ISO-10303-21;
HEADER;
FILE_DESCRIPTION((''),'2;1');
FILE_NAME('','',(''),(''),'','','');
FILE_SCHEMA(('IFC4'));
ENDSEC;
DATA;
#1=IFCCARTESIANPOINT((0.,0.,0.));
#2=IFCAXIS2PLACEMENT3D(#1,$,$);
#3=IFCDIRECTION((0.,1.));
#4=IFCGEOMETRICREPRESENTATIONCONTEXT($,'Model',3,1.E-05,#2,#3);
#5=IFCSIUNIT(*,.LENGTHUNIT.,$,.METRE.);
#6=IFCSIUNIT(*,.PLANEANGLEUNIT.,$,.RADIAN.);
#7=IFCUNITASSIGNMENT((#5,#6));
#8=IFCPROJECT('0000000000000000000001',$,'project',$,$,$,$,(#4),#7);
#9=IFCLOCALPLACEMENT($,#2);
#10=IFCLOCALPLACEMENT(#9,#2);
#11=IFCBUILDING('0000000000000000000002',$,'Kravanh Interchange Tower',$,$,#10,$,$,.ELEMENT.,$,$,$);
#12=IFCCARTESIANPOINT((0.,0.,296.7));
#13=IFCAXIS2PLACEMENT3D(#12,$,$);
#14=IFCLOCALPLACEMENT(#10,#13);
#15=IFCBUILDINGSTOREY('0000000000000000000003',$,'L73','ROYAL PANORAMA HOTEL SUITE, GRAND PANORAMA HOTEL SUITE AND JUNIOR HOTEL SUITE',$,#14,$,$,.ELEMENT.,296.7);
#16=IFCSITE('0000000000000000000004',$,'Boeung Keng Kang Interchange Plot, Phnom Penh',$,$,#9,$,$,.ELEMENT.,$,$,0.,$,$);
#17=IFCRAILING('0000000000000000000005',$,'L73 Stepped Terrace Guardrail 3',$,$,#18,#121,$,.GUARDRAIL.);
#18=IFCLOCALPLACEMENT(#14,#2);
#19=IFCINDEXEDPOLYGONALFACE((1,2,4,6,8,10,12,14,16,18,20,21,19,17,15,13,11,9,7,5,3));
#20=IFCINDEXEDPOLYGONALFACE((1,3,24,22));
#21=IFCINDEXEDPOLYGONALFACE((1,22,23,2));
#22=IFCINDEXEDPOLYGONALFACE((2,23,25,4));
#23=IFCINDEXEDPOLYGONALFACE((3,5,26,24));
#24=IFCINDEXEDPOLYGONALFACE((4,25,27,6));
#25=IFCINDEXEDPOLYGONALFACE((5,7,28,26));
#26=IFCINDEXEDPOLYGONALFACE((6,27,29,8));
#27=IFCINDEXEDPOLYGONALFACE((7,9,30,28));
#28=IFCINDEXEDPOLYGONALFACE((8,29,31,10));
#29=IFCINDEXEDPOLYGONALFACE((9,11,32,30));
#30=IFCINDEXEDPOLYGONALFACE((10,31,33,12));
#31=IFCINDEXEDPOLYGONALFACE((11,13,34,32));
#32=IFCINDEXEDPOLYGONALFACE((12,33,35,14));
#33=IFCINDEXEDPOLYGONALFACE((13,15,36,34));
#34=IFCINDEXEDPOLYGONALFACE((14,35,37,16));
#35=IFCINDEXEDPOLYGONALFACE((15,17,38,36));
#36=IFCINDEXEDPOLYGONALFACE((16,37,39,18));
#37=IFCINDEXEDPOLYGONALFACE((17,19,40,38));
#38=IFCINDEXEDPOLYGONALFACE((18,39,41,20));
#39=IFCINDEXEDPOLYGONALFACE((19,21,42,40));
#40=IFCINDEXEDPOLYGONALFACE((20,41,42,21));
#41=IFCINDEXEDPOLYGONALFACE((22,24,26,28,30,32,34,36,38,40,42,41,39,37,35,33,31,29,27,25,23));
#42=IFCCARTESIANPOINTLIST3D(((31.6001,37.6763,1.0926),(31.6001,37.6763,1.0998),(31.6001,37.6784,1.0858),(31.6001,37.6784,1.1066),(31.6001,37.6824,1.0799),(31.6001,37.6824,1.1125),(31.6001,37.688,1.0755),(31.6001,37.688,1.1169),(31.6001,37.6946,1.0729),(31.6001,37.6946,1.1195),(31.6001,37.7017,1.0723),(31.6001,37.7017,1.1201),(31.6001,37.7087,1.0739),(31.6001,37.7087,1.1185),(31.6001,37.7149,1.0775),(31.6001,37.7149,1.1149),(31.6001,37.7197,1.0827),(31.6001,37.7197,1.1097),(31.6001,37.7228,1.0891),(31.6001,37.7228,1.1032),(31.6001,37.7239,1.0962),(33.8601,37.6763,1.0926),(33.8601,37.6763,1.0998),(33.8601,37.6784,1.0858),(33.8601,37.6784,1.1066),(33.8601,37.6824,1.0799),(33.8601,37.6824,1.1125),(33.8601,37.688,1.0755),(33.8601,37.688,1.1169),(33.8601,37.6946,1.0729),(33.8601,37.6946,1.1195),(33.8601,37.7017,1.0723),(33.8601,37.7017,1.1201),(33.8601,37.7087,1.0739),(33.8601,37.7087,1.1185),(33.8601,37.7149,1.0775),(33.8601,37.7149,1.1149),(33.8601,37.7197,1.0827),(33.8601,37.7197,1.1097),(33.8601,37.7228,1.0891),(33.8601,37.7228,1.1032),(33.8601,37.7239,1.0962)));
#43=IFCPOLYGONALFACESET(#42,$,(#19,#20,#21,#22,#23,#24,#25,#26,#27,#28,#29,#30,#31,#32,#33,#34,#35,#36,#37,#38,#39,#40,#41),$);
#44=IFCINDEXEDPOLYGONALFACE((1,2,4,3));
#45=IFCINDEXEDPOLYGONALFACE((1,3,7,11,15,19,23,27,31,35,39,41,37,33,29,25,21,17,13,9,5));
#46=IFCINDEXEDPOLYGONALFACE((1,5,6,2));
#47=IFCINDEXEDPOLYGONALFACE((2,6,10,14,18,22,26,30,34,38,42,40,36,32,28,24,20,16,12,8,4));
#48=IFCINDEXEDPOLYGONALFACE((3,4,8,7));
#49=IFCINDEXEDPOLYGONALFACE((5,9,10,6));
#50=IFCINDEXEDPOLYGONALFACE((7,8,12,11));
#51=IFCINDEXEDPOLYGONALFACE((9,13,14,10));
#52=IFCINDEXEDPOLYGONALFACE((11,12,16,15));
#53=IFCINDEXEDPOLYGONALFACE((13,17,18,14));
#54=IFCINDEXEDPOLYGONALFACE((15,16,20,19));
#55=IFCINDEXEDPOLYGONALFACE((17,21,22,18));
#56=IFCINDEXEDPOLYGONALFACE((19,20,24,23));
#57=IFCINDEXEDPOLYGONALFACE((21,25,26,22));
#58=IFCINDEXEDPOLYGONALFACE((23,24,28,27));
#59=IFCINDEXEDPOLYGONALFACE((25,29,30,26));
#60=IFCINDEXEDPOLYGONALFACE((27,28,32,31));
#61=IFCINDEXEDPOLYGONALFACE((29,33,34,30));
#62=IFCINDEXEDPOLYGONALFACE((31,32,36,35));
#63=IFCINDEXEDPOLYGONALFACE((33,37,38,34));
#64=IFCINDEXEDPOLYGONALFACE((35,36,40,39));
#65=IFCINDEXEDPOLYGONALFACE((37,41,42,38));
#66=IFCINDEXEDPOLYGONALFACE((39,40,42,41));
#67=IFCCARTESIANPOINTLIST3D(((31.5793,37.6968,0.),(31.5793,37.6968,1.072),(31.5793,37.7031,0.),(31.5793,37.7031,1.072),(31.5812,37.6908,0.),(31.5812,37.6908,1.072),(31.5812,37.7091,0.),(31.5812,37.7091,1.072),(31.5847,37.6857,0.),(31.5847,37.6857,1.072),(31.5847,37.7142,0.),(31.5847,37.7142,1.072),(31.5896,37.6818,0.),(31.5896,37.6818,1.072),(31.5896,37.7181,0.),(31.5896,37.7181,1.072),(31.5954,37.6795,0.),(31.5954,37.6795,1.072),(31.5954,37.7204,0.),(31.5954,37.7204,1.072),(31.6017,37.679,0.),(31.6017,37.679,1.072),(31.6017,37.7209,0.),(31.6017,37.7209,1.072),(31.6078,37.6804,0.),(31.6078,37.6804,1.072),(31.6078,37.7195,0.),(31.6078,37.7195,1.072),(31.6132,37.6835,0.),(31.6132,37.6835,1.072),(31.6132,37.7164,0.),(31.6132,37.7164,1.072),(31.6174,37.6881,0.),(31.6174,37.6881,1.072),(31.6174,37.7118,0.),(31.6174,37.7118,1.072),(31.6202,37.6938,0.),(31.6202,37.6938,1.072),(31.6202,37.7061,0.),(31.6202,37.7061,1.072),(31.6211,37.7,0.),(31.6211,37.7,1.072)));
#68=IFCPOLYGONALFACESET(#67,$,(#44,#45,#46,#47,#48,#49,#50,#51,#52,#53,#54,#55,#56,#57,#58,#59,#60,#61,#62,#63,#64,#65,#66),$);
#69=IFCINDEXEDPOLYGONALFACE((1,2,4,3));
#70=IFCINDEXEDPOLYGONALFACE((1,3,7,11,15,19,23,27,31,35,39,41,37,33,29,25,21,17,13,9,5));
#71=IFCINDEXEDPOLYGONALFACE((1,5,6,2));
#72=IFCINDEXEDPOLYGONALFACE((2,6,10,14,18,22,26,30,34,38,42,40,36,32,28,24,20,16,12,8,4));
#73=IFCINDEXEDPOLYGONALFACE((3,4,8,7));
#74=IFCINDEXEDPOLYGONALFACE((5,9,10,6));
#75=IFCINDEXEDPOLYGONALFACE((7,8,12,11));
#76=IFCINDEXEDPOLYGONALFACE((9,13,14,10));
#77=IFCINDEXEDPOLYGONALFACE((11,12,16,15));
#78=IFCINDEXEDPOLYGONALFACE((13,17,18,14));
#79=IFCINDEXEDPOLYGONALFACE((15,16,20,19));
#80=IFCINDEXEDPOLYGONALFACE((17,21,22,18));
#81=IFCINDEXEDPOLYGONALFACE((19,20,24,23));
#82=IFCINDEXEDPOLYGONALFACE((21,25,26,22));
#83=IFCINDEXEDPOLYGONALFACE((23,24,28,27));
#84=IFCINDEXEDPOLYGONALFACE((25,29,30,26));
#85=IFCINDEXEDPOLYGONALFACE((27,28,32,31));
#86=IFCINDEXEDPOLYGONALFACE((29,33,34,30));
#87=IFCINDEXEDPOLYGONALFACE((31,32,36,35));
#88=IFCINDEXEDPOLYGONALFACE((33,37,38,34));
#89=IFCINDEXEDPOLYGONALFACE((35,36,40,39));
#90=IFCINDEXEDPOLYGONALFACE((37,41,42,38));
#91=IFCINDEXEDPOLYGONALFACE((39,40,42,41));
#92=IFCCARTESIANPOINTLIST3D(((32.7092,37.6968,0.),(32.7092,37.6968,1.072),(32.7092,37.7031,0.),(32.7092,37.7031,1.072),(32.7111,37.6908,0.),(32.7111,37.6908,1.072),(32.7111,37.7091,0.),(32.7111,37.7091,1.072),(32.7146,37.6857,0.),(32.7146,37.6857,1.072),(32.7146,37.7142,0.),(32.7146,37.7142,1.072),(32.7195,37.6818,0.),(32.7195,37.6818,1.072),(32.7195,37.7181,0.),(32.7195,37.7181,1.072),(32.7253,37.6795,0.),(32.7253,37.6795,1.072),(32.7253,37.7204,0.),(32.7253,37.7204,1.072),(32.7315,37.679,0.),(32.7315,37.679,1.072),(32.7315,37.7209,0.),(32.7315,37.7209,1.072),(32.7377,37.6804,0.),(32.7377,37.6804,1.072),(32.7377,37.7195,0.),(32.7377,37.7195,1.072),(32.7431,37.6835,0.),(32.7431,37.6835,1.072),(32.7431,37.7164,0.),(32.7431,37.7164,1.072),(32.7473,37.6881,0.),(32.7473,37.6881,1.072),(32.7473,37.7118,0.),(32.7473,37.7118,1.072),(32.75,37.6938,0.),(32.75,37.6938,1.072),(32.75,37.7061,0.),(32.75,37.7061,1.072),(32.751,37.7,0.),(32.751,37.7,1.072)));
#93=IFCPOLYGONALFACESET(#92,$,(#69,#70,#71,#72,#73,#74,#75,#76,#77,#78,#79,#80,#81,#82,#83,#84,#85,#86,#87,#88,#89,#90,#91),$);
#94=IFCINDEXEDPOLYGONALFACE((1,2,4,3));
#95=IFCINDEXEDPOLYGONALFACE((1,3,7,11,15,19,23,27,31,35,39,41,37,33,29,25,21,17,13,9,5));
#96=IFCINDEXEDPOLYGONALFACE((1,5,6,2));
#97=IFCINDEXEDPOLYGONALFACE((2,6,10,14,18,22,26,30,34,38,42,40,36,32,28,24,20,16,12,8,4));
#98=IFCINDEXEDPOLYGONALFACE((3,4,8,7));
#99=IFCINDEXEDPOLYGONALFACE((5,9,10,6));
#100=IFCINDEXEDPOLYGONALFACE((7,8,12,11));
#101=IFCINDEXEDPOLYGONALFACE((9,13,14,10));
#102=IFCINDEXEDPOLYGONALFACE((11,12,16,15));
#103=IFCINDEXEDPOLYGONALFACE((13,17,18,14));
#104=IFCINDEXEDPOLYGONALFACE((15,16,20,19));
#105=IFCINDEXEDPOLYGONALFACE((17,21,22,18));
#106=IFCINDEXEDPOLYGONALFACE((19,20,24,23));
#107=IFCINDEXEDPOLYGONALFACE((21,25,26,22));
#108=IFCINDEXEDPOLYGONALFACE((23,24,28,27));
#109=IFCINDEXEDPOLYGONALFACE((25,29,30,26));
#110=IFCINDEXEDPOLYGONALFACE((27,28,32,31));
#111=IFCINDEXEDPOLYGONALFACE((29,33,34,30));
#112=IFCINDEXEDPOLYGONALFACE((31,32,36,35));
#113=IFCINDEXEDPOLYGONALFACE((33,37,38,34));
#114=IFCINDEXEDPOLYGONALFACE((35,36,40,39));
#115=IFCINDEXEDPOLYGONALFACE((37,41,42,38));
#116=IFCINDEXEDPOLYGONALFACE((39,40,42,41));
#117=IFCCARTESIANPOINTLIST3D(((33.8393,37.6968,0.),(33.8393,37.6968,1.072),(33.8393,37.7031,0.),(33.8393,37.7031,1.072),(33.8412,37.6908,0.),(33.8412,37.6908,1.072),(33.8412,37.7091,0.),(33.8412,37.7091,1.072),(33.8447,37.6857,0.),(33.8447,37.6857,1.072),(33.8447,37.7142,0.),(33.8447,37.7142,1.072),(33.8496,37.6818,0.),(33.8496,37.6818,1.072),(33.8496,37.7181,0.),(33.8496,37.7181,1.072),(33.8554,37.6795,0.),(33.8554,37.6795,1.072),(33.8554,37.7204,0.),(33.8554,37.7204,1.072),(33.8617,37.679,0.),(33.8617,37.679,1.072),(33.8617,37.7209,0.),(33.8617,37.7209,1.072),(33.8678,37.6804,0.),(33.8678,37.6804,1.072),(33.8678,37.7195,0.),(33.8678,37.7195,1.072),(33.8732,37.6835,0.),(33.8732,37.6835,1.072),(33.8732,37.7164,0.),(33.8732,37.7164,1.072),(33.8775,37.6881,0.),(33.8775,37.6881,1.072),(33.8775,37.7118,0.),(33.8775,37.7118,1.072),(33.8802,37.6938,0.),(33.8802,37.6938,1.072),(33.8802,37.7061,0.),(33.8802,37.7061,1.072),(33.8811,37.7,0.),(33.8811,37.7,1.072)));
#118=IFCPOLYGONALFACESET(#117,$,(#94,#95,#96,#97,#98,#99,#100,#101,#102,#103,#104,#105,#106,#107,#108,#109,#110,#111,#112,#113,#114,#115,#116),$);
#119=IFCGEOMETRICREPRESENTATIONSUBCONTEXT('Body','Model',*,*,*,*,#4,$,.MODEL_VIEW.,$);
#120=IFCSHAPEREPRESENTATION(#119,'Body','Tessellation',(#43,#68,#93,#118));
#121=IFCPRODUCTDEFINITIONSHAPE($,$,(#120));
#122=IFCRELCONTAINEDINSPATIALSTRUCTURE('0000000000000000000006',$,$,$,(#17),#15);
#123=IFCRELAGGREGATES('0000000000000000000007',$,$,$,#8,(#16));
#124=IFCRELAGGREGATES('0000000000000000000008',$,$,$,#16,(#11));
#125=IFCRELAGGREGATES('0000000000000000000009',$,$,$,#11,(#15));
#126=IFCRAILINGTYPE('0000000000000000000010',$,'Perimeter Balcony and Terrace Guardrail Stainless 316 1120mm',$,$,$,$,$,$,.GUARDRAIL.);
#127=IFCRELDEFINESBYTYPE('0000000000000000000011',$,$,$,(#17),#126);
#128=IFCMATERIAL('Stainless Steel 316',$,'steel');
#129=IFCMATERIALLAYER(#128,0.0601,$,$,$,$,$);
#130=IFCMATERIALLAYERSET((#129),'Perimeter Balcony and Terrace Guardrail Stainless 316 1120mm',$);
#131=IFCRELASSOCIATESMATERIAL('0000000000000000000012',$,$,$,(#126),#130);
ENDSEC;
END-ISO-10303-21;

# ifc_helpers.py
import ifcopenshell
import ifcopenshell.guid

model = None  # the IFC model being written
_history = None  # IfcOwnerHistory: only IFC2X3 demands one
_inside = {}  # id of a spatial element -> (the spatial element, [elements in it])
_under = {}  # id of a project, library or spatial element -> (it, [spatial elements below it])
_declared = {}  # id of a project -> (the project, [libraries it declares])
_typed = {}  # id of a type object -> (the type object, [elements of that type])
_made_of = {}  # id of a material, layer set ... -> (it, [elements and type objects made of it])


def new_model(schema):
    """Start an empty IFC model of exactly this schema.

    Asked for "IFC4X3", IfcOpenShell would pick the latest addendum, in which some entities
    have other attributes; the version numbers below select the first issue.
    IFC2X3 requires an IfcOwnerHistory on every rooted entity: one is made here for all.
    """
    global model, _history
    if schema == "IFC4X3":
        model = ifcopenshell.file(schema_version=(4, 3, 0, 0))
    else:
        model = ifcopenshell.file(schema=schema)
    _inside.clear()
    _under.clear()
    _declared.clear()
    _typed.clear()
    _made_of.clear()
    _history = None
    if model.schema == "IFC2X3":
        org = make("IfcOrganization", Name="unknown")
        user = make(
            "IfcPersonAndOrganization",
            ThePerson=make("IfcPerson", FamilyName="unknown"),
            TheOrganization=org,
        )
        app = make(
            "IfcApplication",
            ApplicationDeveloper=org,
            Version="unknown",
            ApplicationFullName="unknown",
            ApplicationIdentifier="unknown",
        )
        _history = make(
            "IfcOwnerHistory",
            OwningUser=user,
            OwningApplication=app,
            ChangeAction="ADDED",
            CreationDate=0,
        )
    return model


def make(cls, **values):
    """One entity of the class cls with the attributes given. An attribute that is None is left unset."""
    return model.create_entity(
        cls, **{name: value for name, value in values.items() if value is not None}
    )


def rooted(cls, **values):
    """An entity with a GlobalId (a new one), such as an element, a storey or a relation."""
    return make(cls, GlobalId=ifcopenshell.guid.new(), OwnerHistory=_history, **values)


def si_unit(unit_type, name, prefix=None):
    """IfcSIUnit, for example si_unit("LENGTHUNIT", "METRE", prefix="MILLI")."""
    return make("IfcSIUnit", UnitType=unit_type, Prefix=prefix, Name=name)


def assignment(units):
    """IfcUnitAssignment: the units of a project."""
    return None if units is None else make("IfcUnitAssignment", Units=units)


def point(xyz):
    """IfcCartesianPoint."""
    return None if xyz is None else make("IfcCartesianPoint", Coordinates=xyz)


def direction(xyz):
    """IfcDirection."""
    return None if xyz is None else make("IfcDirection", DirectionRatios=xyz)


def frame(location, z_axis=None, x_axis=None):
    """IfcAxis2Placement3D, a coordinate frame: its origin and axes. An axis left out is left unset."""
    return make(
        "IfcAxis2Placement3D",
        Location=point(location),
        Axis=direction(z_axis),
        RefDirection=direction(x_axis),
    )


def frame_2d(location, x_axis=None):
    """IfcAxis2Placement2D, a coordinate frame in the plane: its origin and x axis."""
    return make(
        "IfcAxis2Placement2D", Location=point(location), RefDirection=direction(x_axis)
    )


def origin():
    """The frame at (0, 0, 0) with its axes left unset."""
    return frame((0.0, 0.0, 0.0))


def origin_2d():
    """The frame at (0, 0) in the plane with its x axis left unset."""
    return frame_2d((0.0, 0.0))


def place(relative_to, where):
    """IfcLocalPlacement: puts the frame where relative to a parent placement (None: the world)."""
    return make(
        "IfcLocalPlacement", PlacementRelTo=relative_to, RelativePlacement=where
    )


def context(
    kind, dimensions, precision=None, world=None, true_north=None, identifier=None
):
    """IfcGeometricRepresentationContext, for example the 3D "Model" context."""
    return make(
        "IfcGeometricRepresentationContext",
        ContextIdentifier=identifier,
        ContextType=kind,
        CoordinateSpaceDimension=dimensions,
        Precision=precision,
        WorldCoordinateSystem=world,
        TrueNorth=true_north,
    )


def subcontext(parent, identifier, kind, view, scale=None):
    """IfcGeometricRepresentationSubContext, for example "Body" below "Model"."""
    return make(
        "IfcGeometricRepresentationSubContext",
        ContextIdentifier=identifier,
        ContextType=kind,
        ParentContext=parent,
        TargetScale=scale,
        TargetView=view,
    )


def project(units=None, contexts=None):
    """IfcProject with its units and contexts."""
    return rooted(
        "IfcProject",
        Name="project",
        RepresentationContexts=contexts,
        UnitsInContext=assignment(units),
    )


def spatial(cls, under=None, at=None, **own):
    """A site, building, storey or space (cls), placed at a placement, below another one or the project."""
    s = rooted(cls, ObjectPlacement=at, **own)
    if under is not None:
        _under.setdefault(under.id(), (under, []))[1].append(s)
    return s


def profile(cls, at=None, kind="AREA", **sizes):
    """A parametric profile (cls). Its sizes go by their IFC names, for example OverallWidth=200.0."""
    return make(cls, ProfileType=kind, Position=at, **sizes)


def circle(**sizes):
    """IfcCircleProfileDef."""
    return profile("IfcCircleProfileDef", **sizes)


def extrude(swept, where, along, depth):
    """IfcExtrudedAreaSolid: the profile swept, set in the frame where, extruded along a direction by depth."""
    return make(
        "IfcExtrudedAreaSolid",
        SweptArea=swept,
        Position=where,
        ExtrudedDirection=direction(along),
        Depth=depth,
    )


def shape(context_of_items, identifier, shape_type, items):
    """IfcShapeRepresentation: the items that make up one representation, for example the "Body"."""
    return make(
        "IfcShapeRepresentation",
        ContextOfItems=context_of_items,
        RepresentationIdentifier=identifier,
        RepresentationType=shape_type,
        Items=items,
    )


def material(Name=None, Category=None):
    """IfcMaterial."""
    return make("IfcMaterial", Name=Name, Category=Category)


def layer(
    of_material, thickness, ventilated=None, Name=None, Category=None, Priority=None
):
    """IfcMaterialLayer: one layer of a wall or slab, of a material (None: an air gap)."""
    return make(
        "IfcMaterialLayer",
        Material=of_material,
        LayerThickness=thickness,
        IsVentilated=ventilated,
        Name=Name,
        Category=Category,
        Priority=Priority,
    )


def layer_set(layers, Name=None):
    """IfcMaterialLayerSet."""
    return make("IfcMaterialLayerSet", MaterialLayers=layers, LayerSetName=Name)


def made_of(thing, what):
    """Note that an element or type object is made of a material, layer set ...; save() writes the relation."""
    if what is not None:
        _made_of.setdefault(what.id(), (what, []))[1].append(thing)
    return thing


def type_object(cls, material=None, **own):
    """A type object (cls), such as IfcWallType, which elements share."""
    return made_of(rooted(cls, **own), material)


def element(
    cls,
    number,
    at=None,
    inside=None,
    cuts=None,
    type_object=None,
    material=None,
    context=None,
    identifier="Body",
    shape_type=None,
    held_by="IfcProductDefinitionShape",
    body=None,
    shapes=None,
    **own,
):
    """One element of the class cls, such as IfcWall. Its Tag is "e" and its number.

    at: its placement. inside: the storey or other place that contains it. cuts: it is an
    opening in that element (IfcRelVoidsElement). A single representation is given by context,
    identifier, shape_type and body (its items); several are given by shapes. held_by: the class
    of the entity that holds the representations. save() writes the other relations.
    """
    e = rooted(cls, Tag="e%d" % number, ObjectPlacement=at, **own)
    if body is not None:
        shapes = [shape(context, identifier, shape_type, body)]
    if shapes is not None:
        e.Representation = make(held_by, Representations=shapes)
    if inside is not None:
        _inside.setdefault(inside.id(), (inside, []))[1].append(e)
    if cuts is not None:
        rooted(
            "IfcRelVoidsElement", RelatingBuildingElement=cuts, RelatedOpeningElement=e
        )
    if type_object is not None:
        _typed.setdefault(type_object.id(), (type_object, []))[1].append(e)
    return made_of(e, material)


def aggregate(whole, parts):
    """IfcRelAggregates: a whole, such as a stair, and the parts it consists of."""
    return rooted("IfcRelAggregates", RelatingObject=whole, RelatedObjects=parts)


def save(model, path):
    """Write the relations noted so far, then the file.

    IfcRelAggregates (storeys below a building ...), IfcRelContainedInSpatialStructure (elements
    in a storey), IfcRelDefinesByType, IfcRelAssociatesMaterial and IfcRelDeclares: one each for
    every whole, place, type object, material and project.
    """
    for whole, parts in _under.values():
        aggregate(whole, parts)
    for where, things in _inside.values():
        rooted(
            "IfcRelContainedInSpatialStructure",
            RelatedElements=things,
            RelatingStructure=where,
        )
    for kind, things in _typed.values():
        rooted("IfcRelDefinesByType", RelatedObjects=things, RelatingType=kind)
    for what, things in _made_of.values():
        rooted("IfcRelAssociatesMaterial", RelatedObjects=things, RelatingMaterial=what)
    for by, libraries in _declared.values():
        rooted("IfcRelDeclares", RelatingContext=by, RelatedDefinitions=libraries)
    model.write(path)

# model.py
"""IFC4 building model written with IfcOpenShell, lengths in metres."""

from ifc_helpers import new_model, si_unit, direction, frame, origin, origin_2d, place, context, subcontext, project, spatial, circle, extrude, material, layer, layer_set, type_object, element, save


model = new_model("IFC4")

# Units and contexts
model_context = context("Model", 3, precision=1e-05, world=origin(), true_north=direction((0.0, 1.0)))
body_context = subcontext(model_context, "Body", "Model", "MODEL_VIEW")
ifc_project = project(units=[si_unit("LENGTHUNIT", "METRE"), si_unit("PLANEANGLEUNIT", "RADIAN")], contexts=[model_context])

# Site, building, storey
site_placement = place(None, origin())
site = spatial("IfcSite", under=ifc_project, at=site_placement, Name="Boeung Keng Kang Interchange Plot, Phnom Penh", CompositionType="ELEMENT", RefElevation=0.0)
building_placement = place(site_placement, origin())
building = spatial("IfcBuilding", under=site, at=building_placement, Name="Kravanh Interchange Tower", CompositionType="ELEMENT")
storey_placement = place(building_placement, frame((0.0, 0.0, 296.7)))
storey = spatial("IfcBuildingStorey", under=building, at=storey_placement, Name="L73", Description="ROYAL PANORAMA HOTEL SUITE, GRAND PANORAMA HOTEL SUITE AND JUNIOR HOTEL SUITE", CompositionType="ELEMENT", Elevation=296.7)

# Railing
ifc_material_1 = material(Name="Stainless Steel 316", Category="steel")
ifc_layer_1 = layer(ifc_material_1, 0.0601)
ifc_layer_set_1 = layer_set([ifc_layer_1], Name="Perimeter Balcony and Terrace Guardrail Stainless 316 1120mm")
railing_type = type_object("IfcRailingType", Name="Perimeter Balcony and Terrace Guardrail Stainless 316 1120mm", PredefinedType="GUARDRAIL", material=ifc_layer_set_1)
railing_placement = place(storey_placement, frame((31.6001, 37.7, 0.0)))
element("IfcRailing", 1, at=railing_placement, inside=storey, type_object=railing_type, Name="L73 Stepped Terrace Guardrail 3", PredefinedType="GUARDRAIL", context=body_context, shape_type="SweptSolid", body=[
    extrude(circle(Radius=0.0239, at=origin_2d()), frame((0.0, 0.0, 1.0962), z_axis=(1.0, 0.0, 0.0), x_axis=(0.0, 1.0, 0.0)), (0.0, 0.0, 1.0), 2.26),
    extrude(circle(Radius=0.021, at=origin_2d()), origin(), (0.0, 0.0, 1.0), 1.072),
    extrude(circle(Radius=0.021, at=origin_2d()), frame((1.1299, 0.0, 0.0)), (0.0, 0.0, 1.0), 1.072),
    extrude(circle(Radius=0.021, at=origin_2d()), frame((2.26, 0.0, 0.0)), (0.0, 0.0, 1.0), 1.072),
])

save(model, "model.ifc")
